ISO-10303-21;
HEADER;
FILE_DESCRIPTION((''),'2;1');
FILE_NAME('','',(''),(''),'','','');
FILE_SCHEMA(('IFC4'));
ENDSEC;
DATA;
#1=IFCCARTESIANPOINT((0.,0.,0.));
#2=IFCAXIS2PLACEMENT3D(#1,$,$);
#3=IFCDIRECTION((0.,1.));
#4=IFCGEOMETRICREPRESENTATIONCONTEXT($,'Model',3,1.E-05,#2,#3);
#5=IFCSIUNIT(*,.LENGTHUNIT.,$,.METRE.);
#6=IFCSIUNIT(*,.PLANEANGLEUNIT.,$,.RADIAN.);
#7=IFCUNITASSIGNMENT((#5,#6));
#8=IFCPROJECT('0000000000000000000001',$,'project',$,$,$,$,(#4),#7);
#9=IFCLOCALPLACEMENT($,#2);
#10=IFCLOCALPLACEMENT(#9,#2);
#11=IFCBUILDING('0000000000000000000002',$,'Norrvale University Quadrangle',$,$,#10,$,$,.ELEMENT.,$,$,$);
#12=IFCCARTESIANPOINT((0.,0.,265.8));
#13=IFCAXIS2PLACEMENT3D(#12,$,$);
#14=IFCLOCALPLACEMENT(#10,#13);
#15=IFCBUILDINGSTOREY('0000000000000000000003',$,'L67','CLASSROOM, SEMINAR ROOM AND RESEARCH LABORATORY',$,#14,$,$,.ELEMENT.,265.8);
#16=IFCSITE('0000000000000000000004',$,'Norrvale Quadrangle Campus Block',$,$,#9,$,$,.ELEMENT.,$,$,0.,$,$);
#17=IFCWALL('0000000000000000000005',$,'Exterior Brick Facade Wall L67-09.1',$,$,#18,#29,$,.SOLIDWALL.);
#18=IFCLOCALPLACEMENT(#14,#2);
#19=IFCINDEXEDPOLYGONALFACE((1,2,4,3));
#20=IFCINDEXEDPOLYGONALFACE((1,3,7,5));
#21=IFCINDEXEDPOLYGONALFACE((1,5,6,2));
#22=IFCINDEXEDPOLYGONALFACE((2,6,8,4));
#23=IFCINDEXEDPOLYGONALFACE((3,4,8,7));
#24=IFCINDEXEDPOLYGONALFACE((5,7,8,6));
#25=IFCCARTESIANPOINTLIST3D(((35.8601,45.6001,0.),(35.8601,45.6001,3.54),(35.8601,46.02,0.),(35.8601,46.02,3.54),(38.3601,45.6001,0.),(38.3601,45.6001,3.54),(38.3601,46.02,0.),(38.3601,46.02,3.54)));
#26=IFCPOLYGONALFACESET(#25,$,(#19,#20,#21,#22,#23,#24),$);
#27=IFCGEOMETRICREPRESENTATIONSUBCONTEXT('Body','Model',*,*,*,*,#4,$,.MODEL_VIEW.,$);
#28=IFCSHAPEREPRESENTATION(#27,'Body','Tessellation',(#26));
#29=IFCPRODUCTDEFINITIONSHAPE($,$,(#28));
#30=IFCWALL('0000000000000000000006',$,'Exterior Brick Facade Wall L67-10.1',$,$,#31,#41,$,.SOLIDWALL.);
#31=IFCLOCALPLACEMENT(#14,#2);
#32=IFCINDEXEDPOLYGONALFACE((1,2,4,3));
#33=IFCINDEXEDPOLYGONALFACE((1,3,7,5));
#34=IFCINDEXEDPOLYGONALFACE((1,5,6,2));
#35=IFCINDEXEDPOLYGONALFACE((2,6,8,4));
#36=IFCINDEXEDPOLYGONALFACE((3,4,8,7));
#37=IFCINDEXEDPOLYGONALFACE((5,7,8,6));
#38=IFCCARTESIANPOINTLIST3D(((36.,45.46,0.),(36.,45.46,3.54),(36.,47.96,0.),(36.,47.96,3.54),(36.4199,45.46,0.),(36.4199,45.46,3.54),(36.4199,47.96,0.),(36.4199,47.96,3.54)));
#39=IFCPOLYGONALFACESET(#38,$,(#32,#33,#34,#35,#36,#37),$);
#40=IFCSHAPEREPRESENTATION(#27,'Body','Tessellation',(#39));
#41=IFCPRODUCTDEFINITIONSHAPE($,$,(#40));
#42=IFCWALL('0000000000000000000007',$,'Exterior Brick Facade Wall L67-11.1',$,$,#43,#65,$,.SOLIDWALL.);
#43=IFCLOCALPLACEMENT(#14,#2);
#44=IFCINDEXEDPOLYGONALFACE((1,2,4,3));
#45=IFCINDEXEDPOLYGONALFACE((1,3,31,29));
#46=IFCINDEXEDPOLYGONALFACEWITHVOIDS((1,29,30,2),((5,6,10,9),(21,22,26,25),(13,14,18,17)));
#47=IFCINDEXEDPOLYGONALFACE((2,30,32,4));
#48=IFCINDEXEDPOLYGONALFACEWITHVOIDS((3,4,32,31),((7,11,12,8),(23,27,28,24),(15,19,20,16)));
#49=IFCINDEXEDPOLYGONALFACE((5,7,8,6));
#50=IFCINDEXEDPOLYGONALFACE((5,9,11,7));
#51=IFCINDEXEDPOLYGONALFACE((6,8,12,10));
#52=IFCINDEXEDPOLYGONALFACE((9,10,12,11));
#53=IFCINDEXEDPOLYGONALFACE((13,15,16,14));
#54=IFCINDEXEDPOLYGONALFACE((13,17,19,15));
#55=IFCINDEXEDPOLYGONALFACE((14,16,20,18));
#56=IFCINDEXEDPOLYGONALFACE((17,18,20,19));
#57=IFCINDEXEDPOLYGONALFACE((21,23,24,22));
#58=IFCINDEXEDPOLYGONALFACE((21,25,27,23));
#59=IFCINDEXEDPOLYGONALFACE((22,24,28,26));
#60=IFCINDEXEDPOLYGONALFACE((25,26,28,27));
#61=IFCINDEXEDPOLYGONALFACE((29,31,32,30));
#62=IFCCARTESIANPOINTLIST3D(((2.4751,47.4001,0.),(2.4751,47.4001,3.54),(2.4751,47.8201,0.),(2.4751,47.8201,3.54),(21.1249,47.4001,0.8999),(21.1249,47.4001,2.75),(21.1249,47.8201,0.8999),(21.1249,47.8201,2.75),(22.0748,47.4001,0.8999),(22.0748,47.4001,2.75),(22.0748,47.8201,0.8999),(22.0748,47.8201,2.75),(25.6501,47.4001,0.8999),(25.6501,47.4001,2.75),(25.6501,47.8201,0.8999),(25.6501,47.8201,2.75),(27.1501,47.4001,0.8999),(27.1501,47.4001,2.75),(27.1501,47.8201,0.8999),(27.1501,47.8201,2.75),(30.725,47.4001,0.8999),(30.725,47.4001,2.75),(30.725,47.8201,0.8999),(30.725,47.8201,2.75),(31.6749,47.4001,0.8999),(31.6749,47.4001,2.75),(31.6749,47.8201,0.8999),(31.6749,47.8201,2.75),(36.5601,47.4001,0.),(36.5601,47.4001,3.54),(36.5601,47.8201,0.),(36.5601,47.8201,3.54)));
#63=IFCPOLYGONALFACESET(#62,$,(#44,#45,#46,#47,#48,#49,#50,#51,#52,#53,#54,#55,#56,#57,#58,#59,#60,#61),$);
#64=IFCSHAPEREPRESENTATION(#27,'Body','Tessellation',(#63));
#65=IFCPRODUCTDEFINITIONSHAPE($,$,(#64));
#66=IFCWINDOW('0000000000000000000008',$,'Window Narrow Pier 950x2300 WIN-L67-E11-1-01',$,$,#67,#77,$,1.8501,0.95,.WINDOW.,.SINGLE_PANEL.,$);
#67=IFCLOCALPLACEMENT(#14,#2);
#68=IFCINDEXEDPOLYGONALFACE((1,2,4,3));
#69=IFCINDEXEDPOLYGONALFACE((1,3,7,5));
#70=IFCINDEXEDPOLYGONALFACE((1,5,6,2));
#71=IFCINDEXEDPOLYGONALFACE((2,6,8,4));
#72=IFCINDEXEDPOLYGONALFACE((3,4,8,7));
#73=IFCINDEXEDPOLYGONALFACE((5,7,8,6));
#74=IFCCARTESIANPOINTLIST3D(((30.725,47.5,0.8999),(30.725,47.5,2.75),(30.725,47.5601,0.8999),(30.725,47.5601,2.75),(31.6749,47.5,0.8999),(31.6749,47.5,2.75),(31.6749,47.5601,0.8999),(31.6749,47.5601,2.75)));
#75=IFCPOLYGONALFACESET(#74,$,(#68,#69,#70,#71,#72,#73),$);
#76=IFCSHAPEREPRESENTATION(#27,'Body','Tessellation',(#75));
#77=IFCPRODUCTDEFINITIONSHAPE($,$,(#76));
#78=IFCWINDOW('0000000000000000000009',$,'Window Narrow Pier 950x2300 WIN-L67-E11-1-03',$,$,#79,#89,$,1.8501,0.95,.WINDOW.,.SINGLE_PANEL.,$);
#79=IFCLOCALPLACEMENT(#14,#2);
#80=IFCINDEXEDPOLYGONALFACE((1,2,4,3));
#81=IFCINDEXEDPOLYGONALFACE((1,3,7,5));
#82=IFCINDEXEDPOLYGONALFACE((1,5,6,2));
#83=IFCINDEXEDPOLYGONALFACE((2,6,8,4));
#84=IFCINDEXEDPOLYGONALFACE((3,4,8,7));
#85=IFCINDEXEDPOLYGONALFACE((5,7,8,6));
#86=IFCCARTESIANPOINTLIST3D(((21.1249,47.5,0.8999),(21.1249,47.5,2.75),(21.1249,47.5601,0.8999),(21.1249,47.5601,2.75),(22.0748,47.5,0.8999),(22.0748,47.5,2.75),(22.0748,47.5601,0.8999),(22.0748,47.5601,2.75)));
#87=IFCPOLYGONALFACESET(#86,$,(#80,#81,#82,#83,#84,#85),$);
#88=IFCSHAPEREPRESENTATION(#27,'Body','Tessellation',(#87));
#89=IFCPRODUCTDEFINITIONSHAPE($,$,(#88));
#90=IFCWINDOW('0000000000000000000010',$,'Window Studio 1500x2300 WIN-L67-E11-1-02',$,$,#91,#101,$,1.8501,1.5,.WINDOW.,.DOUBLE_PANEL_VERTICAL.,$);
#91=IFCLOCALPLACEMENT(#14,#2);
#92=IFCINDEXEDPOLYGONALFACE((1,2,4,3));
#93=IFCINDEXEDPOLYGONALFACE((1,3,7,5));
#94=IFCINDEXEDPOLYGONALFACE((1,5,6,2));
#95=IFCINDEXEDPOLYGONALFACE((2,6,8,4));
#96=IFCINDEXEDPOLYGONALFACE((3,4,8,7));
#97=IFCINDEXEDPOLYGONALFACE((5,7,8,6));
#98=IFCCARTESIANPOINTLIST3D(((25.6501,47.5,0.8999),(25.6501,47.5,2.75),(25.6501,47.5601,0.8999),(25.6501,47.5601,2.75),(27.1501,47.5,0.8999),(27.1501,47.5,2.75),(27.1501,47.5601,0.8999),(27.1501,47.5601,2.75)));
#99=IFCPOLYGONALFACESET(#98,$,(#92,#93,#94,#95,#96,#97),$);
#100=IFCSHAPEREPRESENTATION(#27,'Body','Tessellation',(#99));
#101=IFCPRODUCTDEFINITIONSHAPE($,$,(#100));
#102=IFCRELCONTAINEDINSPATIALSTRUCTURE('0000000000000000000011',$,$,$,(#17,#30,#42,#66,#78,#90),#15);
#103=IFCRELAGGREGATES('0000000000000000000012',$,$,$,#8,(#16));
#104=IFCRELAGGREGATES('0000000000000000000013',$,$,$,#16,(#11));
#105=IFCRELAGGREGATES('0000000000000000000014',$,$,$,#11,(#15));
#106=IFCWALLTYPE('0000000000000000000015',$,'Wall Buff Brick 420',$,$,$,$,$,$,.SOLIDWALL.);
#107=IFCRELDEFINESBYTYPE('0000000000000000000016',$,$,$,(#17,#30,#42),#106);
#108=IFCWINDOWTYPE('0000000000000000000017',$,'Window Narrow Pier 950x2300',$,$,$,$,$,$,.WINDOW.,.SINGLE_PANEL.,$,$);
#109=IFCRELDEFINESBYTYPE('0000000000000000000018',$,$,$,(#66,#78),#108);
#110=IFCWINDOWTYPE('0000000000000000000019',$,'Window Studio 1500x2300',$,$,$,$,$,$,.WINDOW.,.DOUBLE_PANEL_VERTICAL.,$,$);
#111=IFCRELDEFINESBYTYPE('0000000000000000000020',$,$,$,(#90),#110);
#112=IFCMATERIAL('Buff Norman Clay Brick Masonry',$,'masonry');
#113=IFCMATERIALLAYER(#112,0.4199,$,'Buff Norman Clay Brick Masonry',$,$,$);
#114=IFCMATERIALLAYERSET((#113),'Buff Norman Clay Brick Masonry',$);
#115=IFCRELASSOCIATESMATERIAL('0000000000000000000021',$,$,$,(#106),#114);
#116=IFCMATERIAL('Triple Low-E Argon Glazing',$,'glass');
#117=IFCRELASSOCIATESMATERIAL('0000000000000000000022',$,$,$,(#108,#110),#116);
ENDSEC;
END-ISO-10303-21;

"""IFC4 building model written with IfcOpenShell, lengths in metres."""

from ifc_helpers import new_model, si_unit, direction, frame, frame_2d, origin, place, context, subcontext, project, spatial, rectangle, extrude, material, layer, layer_set, type_object, element, fill, save


model = new_model("IFC4")

# Units and contexts
model_context = context("Model", 3, precision=1e-05, world=origin(), true_north=direction((0.0, 1.0)))
body_context = subcontext(model_context, "Body", "Model", "MODEL_VIEW")
ifc_project = project(units=[si_unit("LENGTHUNIT", "METRE"), si_unit("PLANEANGLEUNIT", "RADIAN")], contexts=[model_context])

# Site, building, storey
site_placement = place(None, origin())
site = spatial("IfcSite", under=ifc_project, at=site_placement, Name="Norrvale Quadrangle Campus Block", CompositionType="ELEMENT", RefElevation=0.0)
building_placement = place(site_placement, origin())
building = spatial("IfcBuilding", under=site, at=building_placement, Name="Norrvale University Quadrangle", CompositionType="ELEMENT")
storey_placement = place(building_placement, frame((0.0, 0.0, 265.8)))
storey = spatial("IfcBuildingStorey", under=building, at=storey_placement, Name="L67", Description="CLASSROOM, SEMINAR ROOM AND RESEARCH LABORATORY", CompositionType="ELEMENT", Elevation=265.8)

# Shared definitions
ifc_material_1 = material(Name="Buff Norman Clay Brick Masonry", Category="masonry")
ifc_layer = layer(ifc_material_1, 0.4199, Name="Buff Norman Clay Brick Masonry")
ifc_layer_set = layer_set([ifc_layer], Name="Buff Norman Clay Brick Masonry")
wall_type = type_object("IfcWallType", Name="Wall Buff Brick 420", PredefinedType="SOLIDWALL", material=ifc_layer_set)

# Shared definitions
ifc_material_2 = material(Name="Triple Low-E Argon Glazing", Category="glass")

# Walls
for number, where, z_axis, x_axis, name in (
    (1, (38.3601, 45.8101, 0.0), (0.0, 0.0, 1.0), (-1.0, 0.0, 0.0), "Exterior Brick Facade Wall L67-09.1"),
    (2, (36.21, 45.46, 0.0), (0.0, 0.0, 1.0), (0.0, 1.0, 0.0), "Exterior Brick Facade Wall L67-10.1"),
):
    element("IfcWall", number, at=place(storey_placement, frame(where, z_axis=z_axis, x_axis=x_axis)), inside=storey, type_object=wall_type, Name=name, PredefinedType="SOLIDWALL", context=body_context, shape_type="SweptSolid", body=[
        extrude(rectangle(XDim=2.5, YDim=0.4199, at=frame_2d((1.25, 0.0))), origin(), (0.0, 0.0, 1.0), 3.54),
    ])

# Wall, openings, windows
wall_1_placement = place(storey_placement, frame((36.5601, 47.6101, 0.0), z_axis=(0.0, 0.0, 1.0), x_axis=(-1.0, 0.0, 0.0)))
wall_1 = element("IfcWall", 3, at=wall_1_placement, inside=storey, type_object=wall_type, Name="Exterior Brick Facade Wall L67-11.1", PredefinedType="SOLIDWALL", context=body_context, shape_type="SweptSolid", body=[
    extrude(rectangle(XDim=34.085, YDim=0.4199, at=frame_2d((17.0425, 0.0))), origin(), (0.0, 0.0, 1.0), 3.54),
])
opening_1_placement = place(wall_1_placement, frame((4.885, 0.0, 0.8999)))
opening_1 = element("IfcOpeningElement", 4, at=opening_1_placement, cuts=wall_1, PredefinedType="OPENING", context=body_context, shape_type="SweptSolid", body=[
    extrude(rectangle(XDim=0.95, YDim=1.8501, at=frame_2d((0.4751, 0.925))), frame((0.0, 0.2219, 0.0), z_axis=(0.0, -1.0, 0.0), x_axis=(1.0, 0.0, 0.0)), (0.0, 0.0, 1.0), 0.4438),
])
opening_2_placement = place(wall_1_placement, frame((9.4099, 0.0, 0.8999)))
opening_2 = element("IfcOpeningElement", 5, at=opening_2_placement, cuts=wall_1, PredefinedType="OPENING", context=body_context, shape_type="SweptSolid", body=[
    extrude(rectangle(XDim=1.5, YDim=1.8501, at=frame_2d((0.75, 0.925))), frame((0.0, 0.2219, 0.0), z_axis=(0.0, -1.0, 0.0), x_axis=(1.0, 0.0, 0.0)), (0.0, 0.0, 1.0), 0.4438),
])
opening_3_placement = place(wall_1_placement, frame((14.4851, 0.0, 0.8999)))
opening_3 = element("IfcOpeningElement", 6, at=opening_3_placement, cuts=wall_1, PredefinedType="OPENING", context=body_context, shape_type="SweptSolid", body=[
    extrude(rectangle(XDim=0.95, YDim=1.8501, at=frame_2d((0.4751, 0.925))), frame((0.0, 0.2219, 0.0), z_axis=(0.0, -1.0, 0.0), x_axis=(1.0, 0.0, 0.0)), (0.0, 0.0, 1.0), 0.4438),
])
window_type_1 = type_object("IfcWindowType", Name="Window Narrow Pier 950x2300", PartitioningType="SINGLE_PANEL", PredefinedType="WINDOW", material=ifc_material_2)
window_1_placement = place(opening_1_placement, origin())
window_1 = element("IfcWindow", 7, at=window_1_placement, inside=storey, type_object=window_type_1, Name="Window Narrow Pier 950x2300 WIN-L67-E11-1-01", OverallHeight=1.8501, OverallWidth=0.95, PartitioningType="SINGLE_PANEL", PredefinedType="WINDOW", context=body_context, shape_type="SweptSolid", body=[
    extrude(rectangle(XDim=0.95, YDim=1.8501, at=frame_2d((0.4751, 0.925))), frame((0.0, 0.1101, 0.0), z_axis=(0.0, -1.0, 0.0), x_axis=(1.0, 0.0, 0.0)), (0.0, 0.0, 1.0), 0.0601),
])
fill(opening_1, window_1)
window_2_placement = place(opening_3_placement, origin())
window_2 = element("IfcWindow", 8, at=window_2_placement, inside=storey, type_object=window_type_1, Name="Window Narrow Pier 950x2300 WIN-L67-E11-1-03", OverallHeight=1.8501, OverallWidth=0.95, PartitioningType="SINGLE_PANEL", PredefinedType="WINDOW", context=body_context, shape_type="SweptSolid", body=[
    extrude(rectangle(XDim=0.95, YDim=1.8501, at=frame_2d((0.4751, 0.925))), frame((0.0, 0.1101, 0.0), z_axis=(0.0, -1.0, 0.0), x_axis=(1.0, 0.0, 0.0)), (0.0, 0.0, 1.0), 0.0601),
])
fill(opening_3, window_2)
window_type_2 = type_object("IfcWindowType", Name="Window Studio 1500x2300", PartitioningType="DOUBLE_PANEL_VERTICAL", PredefinedType="WINDOW", material=ifc_material_2)
window_3_placement = place(opening_2_placement, origin())
window_3 = element("IfcWindow", 9, at=window_3_placement, inside=storey, type_object=window_type_2, Name="Window Studio 1500x2300 WIN-L67-E11-1-02", OverallHeight=1.8501, OverallWidth=1.5, PartitioningType="DOUBLE_PANEL_VERTICAL", PredefinedType="WINDOW", context=body_context, shape_type="SweptSolid", body=[
    extrude(rectangle(XDim=1.5, YDim=1.8501, at=frame_2d((0.75, 0.925))), frame((0.0, 0.1101, 0.0), z_axis=(0.0, -1.0, 0.0), x_axis=(1.0, 0.0, 0.0)), (0.0, 0.0, 1.0), 0.0601),
])
fill(opening_2, window_3)

save(model, "model.ifc")
